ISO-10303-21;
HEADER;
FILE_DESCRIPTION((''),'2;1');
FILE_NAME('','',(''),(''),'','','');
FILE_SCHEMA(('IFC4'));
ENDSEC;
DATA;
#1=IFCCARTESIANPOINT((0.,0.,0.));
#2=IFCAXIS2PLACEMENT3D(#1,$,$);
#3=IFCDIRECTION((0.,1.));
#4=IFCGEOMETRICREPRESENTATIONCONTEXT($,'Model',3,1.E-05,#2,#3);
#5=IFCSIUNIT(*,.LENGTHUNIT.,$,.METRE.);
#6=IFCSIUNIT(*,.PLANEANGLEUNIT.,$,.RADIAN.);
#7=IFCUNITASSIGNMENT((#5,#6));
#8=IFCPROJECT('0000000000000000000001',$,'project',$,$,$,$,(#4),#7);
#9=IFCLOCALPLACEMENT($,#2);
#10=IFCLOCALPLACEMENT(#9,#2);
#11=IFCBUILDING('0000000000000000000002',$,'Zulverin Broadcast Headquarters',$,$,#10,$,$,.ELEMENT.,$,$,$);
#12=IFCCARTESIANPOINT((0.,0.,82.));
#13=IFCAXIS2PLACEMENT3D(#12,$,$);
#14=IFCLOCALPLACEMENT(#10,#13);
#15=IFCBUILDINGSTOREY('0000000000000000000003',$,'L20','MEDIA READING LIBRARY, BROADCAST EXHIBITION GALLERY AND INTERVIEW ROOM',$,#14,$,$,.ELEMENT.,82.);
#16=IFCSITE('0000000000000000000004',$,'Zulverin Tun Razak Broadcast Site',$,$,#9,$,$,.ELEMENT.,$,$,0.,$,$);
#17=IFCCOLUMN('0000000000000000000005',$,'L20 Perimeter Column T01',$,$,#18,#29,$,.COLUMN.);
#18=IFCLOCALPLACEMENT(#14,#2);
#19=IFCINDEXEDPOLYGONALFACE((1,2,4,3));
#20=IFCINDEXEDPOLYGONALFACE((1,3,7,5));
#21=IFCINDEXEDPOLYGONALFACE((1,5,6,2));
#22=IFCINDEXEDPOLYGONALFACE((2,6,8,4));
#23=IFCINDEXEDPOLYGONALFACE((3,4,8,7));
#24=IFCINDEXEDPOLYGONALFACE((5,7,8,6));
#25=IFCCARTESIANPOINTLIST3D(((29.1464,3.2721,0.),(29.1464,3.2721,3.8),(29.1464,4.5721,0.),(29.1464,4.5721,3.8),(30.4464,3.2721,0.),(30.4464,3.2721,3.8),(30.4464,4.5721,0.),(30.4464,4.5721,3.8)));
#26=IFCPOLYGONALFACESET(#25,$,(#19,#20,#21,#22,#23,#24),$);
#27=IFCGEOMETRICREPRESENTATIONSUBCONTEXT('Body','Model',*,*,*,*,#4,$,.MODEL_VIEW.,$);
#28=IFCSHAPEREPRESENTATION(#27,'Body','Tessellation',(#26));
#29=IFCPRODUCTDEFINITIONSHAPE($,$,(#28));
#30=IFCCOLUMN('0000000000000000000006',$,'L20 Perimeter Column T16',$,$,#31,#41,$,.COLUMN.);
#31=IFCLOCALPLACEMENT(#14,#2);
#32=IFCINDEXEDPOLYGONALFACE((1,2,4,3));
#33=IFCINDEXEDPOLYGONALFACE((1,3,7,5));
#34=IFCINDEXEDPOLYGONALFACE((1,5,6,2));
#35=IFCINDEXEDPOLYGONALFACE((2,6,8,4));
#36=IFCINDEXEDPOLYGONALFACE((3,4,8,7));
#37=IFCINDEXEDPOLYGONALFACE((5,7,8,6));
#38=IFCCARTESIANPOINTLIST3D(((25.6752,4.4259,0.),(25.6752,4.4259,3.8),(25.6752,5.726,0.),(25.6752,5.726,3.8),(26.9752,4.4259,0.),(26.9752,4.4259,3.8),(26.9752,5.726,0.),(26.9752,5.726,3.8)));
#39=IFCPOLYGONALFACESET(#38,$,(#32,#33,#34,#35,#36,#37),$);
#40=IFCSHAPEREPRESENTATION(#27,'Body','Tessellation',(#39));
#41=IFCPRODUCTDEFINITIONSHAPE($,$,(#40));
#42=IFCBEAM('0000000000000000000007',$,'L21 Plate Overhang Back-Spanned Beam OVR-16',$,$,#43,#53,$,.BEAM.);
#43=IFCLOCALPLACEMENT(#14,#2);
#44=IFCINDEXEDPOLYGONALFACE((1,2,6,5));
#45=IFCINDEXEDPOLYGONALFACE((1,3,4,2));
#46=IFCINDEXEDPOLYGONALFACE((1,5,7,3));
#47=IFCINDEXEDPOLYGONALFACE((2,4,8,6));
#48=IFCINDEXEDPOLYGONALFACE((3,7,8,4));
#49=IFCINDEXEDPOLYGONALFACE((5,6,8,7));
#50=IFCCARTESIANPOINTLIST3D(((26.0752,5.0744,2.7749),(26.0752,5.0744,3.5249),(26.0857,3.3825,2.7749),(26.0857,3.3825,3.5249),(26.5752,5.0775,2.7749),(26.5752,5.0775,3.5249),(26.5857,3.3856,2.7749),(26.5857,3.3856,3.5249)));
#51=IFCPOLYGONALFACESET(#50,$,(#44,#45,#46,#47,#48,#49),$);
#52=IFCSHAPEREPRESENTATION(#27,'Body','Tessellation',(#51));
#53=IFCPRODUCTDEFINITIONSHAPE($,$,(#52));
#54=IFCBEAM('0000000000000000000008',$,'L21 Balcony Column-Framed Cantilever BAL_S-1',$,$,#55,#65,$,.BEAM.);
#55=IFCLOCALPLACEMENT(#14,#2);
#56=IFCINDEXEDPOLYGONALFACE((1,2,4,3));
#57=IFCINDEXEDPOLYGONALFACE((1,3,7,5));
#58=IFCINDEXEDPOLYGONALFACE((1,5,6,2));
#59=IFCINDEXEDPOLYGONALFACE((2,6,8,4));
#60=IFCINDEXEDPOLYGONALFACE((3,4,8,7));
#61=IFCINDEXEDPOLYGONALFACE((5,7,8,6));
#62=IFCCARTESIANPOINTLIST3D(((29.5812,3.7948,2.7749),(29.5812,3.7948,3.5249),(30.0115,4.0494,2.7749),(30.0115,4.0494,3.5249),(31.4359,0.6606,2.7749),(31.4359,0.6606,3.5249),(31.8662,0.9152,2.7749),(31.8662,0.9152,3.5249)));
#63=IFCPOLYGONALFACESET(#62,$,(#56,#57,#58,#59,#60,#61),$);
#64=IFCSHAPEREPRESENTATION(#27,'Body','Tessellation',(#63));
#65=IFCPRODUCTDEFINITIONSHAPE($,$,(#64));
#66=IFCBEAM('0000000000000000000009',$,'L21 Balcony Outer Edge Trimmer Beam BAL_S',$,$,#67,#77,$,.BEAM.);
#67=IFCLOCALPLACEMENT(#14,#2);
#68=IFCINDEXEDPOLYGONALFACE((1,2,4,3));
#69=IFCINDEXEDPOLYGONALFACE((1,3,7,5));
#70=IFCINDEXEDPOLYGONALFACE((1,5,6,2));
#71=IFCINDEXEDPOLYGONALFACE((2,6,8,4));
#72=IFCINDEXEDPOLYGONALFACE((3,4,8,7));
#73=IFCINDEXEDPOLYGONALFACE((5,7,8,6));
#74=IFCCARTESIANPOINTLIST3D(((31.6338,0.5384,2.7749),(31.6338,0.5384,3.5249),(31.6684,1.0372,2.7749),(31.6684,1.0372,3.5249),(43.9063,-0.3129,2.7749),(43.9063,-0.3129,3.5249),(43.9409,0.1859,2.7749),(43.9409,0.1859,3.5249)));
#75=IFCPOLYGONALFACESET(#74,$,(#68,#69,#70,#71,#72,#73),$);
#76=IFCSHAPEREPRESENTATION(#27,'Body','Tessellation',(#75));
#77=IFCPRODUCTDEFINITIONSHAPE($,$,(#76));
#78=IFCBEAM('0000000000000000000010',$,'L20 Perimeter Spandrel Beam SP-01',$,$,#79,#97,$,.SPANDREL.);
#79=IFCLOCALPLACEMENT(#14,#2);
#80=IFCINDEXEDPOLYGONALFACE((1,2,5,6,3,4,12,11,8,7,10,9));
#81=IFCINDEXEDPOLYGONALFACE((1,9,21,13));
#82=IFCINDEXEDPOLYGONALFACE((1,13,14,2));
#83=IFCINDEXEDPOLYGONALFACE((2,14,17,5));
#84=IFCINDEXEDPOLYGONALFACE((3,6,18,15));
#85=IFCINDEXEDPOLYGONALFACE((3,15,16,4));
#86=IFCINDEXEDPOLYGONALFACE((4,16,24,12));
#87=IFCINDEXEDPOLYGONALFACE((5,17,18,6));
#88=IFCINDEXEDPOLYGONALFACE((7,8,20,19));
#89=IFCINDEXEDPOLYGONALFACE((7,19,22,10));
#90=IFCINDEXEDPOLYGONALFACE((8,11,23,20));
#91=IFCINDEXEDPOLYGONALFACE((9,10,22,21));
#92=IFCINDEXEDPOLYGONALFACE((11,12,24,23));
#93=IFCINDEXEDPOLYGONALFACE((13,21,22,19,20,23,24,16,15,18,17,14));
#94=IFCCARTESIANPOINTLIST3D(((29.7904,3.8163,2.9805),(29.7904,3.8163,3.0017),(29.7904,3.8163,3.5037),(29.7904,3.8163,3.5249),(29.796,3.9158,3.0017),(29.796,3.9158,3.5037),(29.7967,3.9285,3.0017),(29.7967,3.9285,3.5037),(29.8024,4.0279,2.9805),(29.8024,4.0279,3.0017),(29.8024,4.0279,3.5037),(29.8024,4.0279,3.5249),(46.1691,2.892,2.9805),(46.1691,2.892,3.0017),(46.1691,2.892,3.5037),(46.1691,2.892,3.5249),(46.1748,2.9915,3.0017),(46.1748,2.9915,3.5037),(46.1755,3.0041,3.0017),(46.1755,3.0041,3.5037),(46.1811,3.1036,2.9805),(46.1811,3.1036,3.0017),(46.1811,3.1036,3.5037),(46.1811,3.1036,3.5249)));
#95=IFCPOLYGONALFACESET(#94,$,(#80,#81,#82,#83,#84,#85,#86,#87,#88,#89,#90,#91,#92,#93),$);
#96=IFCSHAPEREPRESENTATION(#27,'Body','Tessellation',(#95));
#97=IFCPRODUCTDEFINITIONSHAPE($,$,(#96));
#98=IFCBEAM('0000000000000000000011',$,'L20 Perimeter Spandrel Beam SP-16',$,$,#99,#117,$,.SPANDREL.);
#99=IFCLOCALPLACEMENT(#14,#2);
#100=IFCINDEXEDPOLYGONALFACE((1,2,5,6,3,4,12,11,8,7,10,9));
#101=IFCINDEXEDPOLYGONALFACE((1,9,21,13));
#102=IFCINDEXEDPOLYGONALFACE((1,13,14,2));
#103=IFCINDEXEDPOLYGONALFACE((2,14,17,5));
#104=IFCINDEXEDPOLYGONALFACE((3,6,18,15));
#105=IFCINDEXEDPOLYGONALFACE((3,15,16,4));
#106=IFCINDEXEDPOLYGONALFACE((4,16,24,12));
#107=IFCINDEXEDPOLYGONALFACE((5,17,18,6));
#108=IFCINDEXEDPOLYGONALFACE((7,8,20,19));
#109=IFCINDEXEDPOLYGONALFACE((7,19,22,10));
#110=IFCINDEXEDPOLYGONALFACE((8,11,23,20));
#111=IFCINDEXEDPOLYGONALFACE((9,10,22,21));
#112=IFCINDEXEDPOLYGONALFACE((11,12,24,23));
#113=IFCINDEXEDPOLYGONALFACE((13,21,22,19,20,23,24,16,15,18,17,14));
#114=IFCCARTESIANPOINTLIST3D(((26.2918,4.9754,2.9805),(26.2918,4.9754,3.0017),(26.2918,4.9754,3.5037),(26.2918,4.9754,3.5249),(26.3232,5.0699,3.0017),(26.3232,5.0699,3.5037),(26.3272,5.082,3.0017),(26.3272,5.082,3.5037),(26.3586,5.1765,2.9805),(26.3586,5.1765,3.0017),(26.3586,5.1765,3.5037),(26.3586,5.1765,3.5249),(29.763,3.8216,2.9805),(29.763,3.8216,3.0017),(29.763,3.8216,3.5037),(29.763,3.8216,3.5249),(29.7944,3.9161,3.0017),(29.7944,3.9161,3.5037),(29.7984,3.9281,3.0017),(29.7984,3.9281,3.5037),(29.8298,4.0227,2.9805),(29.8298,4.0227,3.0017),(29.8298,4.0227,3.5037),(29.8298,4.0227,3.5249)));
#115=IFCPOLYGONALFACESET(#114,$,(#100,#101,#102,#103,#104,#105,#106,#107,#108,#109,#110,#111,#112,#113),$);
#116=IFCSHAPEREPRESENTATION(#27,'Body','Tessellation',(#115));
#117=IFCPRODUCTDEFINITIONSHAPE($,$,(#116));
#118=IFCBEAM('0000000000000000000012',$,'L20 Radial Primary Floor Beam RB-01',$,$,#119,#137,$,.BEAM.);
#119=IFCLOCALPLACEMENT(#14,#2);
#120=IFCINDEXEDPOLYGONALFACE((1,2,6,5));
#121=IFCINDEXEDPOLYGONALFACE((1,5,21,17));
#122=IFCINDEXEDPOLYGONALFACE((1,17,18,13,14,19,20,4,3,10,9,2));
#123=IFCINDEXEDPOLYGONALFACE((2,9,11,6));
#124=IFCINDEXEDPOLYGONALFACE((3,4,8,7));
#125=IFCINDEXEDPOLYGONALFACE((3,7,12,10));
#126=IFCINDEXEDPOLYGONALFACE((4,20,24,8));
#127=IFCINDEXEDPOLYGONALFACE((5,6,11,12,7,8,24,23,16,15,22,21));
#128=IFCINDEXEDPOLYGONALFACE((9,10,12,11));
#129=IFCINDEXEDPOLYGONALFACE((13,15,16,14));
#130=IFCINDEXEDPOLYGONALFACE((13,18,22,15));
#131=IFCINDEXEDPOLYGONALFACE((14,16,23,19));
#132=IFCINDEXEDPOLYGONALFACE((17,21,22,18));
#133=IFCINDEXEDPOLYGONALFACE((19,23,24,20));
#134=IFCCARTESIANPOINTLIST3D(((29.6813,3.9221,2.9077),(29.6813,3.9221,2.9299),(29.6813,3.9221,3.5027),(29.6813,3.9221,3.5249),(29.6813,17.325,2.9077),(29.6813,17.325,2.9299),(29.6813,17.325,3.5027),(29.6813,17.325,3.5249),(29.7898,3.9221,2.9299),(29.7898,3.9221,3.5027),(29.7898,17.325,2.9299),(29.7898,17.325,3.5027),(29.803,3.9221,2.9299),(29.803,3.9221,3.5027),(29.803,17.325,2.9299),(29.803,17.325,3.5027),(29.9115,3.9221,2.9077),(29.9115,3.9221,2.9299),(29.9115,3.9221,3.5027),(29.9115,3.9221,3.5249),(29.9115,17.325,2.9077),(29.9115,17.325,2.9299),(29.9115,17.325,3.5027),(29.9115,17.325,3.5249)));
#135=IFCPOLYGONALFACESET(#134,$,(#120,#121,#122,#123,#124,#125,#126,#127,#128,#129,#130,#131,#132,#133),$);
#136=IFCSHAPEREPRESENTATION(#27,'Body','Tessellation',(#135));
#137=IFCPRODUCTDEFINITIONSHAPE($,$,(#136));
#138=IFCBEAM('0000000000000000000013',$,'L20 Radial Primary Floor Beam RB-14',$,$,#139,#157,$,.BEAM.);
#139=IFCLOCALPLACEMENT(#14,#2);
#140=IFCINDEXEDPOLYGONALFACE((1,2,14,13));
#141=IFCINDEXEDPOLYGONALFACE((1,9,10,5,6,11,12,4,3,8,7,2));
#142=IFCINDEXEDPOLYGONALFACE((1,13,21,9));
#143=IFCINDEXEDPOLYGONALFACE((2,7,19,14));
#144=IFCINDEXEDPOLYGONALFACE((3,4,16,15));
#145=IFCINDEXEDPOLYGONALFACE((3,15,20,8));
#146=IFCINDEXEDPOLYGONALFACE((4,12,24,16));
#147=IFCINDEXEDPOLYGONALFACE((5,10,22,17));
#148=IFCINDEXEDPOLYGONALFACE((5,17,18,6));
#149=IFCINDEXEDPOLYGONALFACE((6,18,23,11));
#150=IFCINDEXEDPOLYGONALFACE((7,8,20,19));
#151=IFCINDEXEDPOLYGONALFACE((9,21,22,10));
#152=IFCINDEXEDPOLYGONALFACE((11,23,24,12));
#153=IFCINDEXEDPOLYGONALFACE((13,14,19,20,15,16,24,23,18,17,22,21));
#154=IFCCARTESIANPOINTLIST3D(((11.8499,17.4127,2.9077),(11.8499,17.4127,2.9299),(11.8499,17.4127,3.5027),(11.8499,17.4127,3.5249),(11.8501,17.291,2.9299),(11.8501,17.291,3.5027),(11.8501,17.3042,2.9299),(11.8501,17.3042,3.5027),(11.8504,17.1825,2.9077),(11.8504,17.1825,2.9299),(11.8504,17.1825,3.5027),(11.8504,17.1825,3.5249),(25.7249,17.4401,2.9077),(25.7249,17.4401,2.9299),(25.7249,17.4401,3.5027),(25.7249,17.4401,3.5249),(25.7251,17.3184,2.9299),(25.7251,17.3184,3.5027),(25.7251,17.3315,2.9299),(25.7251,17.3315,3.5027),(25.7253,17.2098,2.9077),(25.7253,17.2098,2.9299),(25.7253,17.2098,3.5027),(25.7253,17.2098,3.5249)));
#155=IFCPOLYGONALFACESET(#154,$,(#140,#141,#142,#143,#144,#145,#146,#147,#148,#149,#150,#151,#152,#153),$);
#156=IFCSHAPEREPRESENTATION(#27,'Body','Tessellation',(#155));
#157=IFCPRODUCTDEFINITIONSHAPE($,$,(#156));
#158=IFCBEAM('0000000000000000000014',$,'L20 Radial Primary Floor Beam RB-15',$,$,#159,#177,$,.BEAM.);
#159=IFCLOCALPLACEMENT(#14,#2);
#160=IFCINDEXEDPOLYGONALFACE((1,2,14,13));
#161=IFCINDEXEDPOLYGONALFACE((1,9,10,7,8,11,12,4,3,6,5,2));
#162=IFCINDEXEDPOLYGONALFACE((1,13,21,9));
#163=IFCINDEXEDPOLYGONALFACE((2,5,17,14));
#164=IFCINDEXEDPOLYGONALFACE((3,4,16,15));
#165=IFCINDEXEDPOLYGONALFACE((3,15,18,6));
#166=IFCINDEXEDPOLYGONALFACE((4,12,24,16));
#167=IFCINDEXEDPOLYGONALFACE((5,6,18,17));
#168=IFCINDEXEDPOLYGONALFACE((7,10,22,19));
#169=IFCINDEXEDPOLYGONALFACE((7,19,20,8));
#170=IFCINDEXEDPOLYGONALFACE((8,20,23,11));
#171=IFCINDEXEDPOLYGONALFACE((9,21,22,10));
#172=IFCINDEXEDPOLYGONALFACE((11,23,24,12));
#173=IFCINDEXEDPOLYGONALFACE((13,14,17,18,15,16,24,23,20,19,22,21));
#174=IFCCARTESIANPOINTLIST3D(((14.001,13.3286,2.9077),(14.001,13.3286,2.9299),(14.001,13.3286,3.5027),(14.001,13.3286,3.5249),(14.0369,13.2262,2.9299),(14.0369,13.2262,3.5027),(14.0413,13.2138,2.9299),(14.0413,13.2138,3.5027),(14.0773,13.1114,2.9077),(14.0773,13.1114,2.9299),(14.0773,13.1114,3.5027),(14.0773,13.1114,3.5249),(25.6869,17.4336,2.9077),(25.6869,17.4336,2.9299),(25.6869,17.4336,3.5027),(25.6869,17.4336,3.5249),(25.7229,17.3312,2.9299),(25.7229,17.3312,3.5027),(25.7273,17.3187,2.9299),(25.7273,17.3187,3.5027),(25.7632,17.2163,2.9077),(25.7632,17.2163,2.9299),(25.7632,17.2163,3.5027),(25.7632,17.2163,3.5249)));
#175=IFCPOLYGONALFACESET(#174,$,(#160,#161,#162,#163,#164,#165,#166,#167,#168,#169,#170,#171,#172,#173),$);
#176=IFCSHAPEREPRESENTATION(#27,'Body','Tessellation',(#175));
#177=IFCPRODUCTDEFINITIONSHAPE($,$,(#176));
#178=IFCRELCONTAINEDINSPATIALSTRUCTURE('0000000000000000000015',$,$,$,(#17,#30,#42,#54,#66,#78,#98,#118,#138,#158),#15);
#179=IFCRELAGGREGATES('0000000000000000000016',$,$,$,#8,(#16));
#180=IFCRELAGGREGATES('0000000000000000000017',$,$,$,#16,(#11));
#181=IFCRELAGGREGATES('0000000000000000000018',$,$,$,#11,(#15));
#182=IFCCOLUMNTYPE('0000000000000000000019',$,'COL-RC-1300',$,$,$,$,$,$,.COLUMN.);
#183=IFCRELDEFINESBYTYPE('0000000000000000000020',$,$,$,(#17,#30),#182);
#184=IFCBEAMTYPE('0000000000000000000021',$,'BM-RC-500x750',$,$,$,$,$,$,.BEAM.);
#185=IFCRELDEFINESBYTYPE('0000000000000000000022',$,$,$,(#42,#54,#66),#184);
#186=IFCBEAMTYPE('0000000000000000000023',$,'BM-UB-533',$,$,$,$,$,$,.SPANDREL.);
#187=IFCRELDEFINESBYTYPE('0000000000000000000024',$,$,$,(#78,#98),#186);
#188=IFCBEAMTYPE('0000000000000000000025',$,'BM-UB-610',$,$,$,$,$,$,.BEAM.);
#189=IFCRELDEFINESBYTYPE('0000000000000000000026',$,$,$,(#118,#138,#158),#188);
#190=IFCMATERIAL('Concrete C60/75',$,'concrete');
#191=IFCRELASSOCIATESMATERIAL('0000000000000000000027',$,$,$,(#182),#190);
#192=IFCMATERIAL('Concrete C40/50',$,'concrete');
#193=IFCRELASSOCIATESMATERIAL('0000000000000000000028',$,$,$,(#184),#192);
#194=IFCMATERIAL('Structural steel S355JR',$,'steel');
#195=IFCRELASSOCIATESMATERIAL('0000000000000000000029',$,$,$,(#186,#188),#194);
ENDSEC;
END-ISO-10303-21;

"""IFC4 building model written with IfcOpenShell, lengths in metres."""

from ifc_helpers import new_model, si_unit, direction, frame, origin, origin_2d, place, context, subcontext, project, spatial, rectangle, i_section, extrude, material, material_profile, profile_set, type_object, element, save


model = new_model("IFC4")

# Units and contexts
model_context = context("Model", 3, precision=1e-05, world=origin(), true_north=direction((0.0, 1.0)))
body_context = subcontext(model_context, "Body", "Model", "MODEL_VIEW")
ifc_project = project(units=[si_unit("LENGTHUNIT", "METRE"), si_unit("PLANEANGLEUNIT", "RADIAN")], contexts=[model_context])

# Site, building, storey
site_placement = place(None, origin())
site = spatial("IfcSite", under=ifc_project, at=site_placement, Name="Zulverin Tun Razak Broadcast Site", CompositionType="ELEMENT", RefElevation=0.0)
building_placement = place(site_placement, origin())
building = spatial("IfcBuilding", under=site, at=building_placement, Name="Zulverin Broadcast Headquarters", CompositionType="ELEMENT")
storey_placement = place(building_placement, frame((0.0, 0.0, 82.0)))
storey = spatial("IfcBuildingStorey", under=building, at=storey_placement, Name="L20", Description="MEDIA READING LIBRARY, BROADCAST EXHIBITION GALLERY AND INTERVIEW ROOM", CompositionType="ELEMENT", Elevation=82.0)

# Columns
ifc_material_1 = material(Name="Concrete C60/75", Category="concrete")
ifc_material_profile_1 = material_profile(ifc_material_1, rectangle(XDim=1.3, YDim=1.3, at=origin_2d()), Name="Concrete C60/75", Category="concrete")
ifc_profile_set_1 = profile_set([ifc_material_profile_1], Name="Concrete C60/75")
column_type = type_object("IfcColumnType", Name="COL-RC-1300", PredefinedType="COLUMN", material=ifc_profile_set_1)
for number, where, z_axis, x_axis, name in (
    (1, (29.7964, 3.9221, 0.0), (0.0, 0.0, 1.0), (1.0, 0.0, 0.0), "L20 Perimeter Column T01"),
    (2, (26.3252, 5.0759, 0.0), (0.0, 0.0, 1.0), (1.0, 0.0, 0.0), "L20 Perimeter Column T16"),
):
    element("IfcColumn", number, at=place(storey_placement, frame(where, z_axis=z_axis, x_axis=x_axis)), inside=storey, type_object=column_type, Name=name, PredefinedType="COLUMN", context=body_context, shape_type="SweptSolid", body=[
        extrude(rectangle(XDim=1.3, YDim=1.3, at=origin_2d()), origin(), (0.0, 0.0, 1.0), 3.8),
    ])

# Beams
ifc_material_2 = material(Name="Concrete C40/50", Category="concrete")
ifc_material_profile_2 = material_profile(ifc_material_2, rectangle(XDim=0.5, YDim=0.75, at=origin_2d()), Name="Concrete C40/50", Category="concrete")
ifc_profile_set_2 = profile_set([ifc_material_profile_2], Name="Concrete C40/50")
beam_type_1 = type_object("IfcBeamType", Name="BM-RC-500x750", PredefinedType="BEAM", material=ifc_profile_set_2)
beam_1_placement = place(storey_placement, frame((26.3252, 5.0759, 3.1499), z_axis=(0.006205, -0.999981, 0.0), x_axis=(0.999981, 0.006205, 0.0)))
element("IfcBeam", 3, at=beam_1_placement, inside=storey, type_object=beam_type_1, Name="L21 Plate Overhang Back-Spanned Beam OVR-16", PredefinedType="BEAM", context=body_context, shape_type="SweptSolid", body=[
    extrude(rectangle(XDim=0.5, YDim=0.75, at=origin_2d()), origin(), (0.0, 0.0, 1.0), 1.6919),
])
beam_2_placement = place(storey_placement, frame((29.7964, 3.9221, 3.1499), z_axis=(0.509271, -0.860606, 0.0), x_axis=(0.860606, 0.509271, 0.0)))
element("IfcBeam", 4, at=beam_2_placement, inside=storey, type_object=beam_type_1, Name="L21 Balcony Column-Framed Cantilever BAL_S-1", PredefinedType="BEAM", context=body_context, shape_type="SweptSolid", body=[
    extrude(rectangle(XDim=0.5, YDim=0.75, at=origin_2d()), origin(), (0.0, 0.0, 1.0), 3.6418),
])
beam_3_placement = place(storey_placement, frame((31.6511, 0.7878, 3.1499), z_axis=(0.997603, -0.069202, 0.0), x_axis=(0.069202, 0.997603, 0.0)))
element("IfcBeam", 5, at=beam_3_placement, inside=storey, type_object=beam_type_1, Name="L21 Balcony Outer Edge Trimmer Beam BAL_S", PredefinedType="BEAM", context=body_context, shape_type="SweptSolid", body=[
    extrude(rectangle(XDim=0.5, YDim=0.75, at=origin_2d()), origin(), (0.0, 0.0, 1.0), 12.302),
])
ifc_material_3 = material(Name="Structural steel S355JR", Category="steel")
ifc_material_profile_3 = material_profile(ifc_material_3, i_section(OverallWidth=0.2119, OverallDepth=0.5444, WebThickness=0.0127, FlangeThickness=0.0212, at=origin_2d()), Name="Structural steel S355JR", Category="steel")
ifc_profile_set_3 = profile_set([ifc_material_profile_3], Name="Structural steel S355JR")
beam_type_2 = type_object("IfcBeamType", Name="BM-UB-533", PredefinedType="SPANDREL", material=ifc_profile_set_3)
beam_4_placement = place(storey_placement, frame((29.7964, 3.9221, 3.2527), z_axis=(0.998411, -0.056345, 0.0), x_axis=(0.056345, 0.998411, 0.0)))
element("IfcBeam", 6, at=beam_4_placement, inside=storey, type_object=beam_type_2, Name="L20 Perimeter Spandrel Beam SP-01", PredefinedType="SPANDREL", context=body_context, shape_type="SweptSolid", body=[
    extrude(i_section(OverallWidth=0.2119, OverallDepth=0.5444, WebThickness=0.0127, FlangeThickness=0.0212, at=origin_2d()), origin(), (0.0, 0.0, 1.0), 16.4048),
])
beam_5_placement = place(storey_placement, frame((26.3252, 5.0759, 3.2527), z_axis=(0.94895, -0.315427, 0.0), x_axis=(0.315427, 0.94895, 0.0)))
element("IfcBeam", 7, at=beam_5_placement, inside=storey, type_object=beam_type_2, Name="L20 Perimeter Spandrel Beam SP-16", PredefinedType="SPANDREL", context=body_context, shape_type="SweptSolid", body=[
    extrude(i_section(OverallWidth=0.2119, OverallDepth=0.5444, WebThickness=0.0127, FlangeThickness=0.0212, at=origin_2d()), origin(), (0.0, 0.0, 1.0), 3.658),
])
ifc_material_profile_4 = material_profile(ifc_material_3, i_section(OverallWidth=0.2302, OverallDepth=0.6172, WebThickness=0.0132, FlangeThickness=0.0222, at=origin_2d()), Name="Structural steel S355JR", Category="steel")
ifc_profile_set_4 = profile_set([ifc_material_profile_4], Name="Structural steel S355JR")
beam_type_3 = type_object("IfcBeamType", Name="BM-UB-610", PredefinedType="BEAM", material=ifc_profile_set_4)
beam_6_placement = place(storey_placement, frame((29.7964, 17.325, 3.2163), z_axis=(0.0, -1.0, 0.0), x_axis=(1.0, 0.0, 0.0)))
element("IfcBeam", 8, at=beam_6_placement, inside=storey, type_object=beam_type_3, Name="L20 Radial Primary Floor Beam RB-01", PredefinedType="BEAM", context=body_context, shape_type="SweptSolid", body=[
    extrude(i_section(OverallWidth=0.2302, OverallDepth=0.6172, WebThickness=0.0132, FlangeThickness=0.0222, at=origin_2d()), origin(), (0.0, 0.0, 1.0), 13.4028),
])
beam_7_placement = place(storey_placement, frame((25.7251, 17.325, 3.2163), z_axis=(-0.999998, -0.001971, 0.0), x_axis=(0.001971, -0.999998, 0.0)))
element("IfcBeam", 9, at=beam_7_placement, inside=storey, type_object=beam_type_3, Name="L20 Radial Primary Floor Beam RB-14", PredefinedType="BEAM", context=body_context, shape_type="SweptSolid", body=[
    extrude(i_section(OverallWidth=0.2302, OverallDepth=0.6172, WebThickness=0.0132, FlangeThickness=0.0222, at=origin_2d()), origin(), (0.0, 0.0, 1.0), 13.875),
])
beam_8_placement = place(storey_placement, frame((25.7251, 17.325, 3.2163), z_axis=(-0.943483, -0.33142, 0.0), x_axis=(0.33142, -0.943483, 0.0)))
element("IfcBeam", 10, at=beam_8_placement, inside=storey, type_object=beam_type_3, Name="L20 Radial Primary Floor Beam RB-15", PredefinedType="BEAM", context=body_context, shape_type="SweptSolid", body=[
    extrude(i_section(OverallWidth=0.2302, OverallDepth=0.6172, WebThickness=0.0132, FlangeThickness=0.0222, at=origin_2d()), origin(), (0.0, 0.0, 1.0), 12.386),
])

save(model, "model.ifc")
